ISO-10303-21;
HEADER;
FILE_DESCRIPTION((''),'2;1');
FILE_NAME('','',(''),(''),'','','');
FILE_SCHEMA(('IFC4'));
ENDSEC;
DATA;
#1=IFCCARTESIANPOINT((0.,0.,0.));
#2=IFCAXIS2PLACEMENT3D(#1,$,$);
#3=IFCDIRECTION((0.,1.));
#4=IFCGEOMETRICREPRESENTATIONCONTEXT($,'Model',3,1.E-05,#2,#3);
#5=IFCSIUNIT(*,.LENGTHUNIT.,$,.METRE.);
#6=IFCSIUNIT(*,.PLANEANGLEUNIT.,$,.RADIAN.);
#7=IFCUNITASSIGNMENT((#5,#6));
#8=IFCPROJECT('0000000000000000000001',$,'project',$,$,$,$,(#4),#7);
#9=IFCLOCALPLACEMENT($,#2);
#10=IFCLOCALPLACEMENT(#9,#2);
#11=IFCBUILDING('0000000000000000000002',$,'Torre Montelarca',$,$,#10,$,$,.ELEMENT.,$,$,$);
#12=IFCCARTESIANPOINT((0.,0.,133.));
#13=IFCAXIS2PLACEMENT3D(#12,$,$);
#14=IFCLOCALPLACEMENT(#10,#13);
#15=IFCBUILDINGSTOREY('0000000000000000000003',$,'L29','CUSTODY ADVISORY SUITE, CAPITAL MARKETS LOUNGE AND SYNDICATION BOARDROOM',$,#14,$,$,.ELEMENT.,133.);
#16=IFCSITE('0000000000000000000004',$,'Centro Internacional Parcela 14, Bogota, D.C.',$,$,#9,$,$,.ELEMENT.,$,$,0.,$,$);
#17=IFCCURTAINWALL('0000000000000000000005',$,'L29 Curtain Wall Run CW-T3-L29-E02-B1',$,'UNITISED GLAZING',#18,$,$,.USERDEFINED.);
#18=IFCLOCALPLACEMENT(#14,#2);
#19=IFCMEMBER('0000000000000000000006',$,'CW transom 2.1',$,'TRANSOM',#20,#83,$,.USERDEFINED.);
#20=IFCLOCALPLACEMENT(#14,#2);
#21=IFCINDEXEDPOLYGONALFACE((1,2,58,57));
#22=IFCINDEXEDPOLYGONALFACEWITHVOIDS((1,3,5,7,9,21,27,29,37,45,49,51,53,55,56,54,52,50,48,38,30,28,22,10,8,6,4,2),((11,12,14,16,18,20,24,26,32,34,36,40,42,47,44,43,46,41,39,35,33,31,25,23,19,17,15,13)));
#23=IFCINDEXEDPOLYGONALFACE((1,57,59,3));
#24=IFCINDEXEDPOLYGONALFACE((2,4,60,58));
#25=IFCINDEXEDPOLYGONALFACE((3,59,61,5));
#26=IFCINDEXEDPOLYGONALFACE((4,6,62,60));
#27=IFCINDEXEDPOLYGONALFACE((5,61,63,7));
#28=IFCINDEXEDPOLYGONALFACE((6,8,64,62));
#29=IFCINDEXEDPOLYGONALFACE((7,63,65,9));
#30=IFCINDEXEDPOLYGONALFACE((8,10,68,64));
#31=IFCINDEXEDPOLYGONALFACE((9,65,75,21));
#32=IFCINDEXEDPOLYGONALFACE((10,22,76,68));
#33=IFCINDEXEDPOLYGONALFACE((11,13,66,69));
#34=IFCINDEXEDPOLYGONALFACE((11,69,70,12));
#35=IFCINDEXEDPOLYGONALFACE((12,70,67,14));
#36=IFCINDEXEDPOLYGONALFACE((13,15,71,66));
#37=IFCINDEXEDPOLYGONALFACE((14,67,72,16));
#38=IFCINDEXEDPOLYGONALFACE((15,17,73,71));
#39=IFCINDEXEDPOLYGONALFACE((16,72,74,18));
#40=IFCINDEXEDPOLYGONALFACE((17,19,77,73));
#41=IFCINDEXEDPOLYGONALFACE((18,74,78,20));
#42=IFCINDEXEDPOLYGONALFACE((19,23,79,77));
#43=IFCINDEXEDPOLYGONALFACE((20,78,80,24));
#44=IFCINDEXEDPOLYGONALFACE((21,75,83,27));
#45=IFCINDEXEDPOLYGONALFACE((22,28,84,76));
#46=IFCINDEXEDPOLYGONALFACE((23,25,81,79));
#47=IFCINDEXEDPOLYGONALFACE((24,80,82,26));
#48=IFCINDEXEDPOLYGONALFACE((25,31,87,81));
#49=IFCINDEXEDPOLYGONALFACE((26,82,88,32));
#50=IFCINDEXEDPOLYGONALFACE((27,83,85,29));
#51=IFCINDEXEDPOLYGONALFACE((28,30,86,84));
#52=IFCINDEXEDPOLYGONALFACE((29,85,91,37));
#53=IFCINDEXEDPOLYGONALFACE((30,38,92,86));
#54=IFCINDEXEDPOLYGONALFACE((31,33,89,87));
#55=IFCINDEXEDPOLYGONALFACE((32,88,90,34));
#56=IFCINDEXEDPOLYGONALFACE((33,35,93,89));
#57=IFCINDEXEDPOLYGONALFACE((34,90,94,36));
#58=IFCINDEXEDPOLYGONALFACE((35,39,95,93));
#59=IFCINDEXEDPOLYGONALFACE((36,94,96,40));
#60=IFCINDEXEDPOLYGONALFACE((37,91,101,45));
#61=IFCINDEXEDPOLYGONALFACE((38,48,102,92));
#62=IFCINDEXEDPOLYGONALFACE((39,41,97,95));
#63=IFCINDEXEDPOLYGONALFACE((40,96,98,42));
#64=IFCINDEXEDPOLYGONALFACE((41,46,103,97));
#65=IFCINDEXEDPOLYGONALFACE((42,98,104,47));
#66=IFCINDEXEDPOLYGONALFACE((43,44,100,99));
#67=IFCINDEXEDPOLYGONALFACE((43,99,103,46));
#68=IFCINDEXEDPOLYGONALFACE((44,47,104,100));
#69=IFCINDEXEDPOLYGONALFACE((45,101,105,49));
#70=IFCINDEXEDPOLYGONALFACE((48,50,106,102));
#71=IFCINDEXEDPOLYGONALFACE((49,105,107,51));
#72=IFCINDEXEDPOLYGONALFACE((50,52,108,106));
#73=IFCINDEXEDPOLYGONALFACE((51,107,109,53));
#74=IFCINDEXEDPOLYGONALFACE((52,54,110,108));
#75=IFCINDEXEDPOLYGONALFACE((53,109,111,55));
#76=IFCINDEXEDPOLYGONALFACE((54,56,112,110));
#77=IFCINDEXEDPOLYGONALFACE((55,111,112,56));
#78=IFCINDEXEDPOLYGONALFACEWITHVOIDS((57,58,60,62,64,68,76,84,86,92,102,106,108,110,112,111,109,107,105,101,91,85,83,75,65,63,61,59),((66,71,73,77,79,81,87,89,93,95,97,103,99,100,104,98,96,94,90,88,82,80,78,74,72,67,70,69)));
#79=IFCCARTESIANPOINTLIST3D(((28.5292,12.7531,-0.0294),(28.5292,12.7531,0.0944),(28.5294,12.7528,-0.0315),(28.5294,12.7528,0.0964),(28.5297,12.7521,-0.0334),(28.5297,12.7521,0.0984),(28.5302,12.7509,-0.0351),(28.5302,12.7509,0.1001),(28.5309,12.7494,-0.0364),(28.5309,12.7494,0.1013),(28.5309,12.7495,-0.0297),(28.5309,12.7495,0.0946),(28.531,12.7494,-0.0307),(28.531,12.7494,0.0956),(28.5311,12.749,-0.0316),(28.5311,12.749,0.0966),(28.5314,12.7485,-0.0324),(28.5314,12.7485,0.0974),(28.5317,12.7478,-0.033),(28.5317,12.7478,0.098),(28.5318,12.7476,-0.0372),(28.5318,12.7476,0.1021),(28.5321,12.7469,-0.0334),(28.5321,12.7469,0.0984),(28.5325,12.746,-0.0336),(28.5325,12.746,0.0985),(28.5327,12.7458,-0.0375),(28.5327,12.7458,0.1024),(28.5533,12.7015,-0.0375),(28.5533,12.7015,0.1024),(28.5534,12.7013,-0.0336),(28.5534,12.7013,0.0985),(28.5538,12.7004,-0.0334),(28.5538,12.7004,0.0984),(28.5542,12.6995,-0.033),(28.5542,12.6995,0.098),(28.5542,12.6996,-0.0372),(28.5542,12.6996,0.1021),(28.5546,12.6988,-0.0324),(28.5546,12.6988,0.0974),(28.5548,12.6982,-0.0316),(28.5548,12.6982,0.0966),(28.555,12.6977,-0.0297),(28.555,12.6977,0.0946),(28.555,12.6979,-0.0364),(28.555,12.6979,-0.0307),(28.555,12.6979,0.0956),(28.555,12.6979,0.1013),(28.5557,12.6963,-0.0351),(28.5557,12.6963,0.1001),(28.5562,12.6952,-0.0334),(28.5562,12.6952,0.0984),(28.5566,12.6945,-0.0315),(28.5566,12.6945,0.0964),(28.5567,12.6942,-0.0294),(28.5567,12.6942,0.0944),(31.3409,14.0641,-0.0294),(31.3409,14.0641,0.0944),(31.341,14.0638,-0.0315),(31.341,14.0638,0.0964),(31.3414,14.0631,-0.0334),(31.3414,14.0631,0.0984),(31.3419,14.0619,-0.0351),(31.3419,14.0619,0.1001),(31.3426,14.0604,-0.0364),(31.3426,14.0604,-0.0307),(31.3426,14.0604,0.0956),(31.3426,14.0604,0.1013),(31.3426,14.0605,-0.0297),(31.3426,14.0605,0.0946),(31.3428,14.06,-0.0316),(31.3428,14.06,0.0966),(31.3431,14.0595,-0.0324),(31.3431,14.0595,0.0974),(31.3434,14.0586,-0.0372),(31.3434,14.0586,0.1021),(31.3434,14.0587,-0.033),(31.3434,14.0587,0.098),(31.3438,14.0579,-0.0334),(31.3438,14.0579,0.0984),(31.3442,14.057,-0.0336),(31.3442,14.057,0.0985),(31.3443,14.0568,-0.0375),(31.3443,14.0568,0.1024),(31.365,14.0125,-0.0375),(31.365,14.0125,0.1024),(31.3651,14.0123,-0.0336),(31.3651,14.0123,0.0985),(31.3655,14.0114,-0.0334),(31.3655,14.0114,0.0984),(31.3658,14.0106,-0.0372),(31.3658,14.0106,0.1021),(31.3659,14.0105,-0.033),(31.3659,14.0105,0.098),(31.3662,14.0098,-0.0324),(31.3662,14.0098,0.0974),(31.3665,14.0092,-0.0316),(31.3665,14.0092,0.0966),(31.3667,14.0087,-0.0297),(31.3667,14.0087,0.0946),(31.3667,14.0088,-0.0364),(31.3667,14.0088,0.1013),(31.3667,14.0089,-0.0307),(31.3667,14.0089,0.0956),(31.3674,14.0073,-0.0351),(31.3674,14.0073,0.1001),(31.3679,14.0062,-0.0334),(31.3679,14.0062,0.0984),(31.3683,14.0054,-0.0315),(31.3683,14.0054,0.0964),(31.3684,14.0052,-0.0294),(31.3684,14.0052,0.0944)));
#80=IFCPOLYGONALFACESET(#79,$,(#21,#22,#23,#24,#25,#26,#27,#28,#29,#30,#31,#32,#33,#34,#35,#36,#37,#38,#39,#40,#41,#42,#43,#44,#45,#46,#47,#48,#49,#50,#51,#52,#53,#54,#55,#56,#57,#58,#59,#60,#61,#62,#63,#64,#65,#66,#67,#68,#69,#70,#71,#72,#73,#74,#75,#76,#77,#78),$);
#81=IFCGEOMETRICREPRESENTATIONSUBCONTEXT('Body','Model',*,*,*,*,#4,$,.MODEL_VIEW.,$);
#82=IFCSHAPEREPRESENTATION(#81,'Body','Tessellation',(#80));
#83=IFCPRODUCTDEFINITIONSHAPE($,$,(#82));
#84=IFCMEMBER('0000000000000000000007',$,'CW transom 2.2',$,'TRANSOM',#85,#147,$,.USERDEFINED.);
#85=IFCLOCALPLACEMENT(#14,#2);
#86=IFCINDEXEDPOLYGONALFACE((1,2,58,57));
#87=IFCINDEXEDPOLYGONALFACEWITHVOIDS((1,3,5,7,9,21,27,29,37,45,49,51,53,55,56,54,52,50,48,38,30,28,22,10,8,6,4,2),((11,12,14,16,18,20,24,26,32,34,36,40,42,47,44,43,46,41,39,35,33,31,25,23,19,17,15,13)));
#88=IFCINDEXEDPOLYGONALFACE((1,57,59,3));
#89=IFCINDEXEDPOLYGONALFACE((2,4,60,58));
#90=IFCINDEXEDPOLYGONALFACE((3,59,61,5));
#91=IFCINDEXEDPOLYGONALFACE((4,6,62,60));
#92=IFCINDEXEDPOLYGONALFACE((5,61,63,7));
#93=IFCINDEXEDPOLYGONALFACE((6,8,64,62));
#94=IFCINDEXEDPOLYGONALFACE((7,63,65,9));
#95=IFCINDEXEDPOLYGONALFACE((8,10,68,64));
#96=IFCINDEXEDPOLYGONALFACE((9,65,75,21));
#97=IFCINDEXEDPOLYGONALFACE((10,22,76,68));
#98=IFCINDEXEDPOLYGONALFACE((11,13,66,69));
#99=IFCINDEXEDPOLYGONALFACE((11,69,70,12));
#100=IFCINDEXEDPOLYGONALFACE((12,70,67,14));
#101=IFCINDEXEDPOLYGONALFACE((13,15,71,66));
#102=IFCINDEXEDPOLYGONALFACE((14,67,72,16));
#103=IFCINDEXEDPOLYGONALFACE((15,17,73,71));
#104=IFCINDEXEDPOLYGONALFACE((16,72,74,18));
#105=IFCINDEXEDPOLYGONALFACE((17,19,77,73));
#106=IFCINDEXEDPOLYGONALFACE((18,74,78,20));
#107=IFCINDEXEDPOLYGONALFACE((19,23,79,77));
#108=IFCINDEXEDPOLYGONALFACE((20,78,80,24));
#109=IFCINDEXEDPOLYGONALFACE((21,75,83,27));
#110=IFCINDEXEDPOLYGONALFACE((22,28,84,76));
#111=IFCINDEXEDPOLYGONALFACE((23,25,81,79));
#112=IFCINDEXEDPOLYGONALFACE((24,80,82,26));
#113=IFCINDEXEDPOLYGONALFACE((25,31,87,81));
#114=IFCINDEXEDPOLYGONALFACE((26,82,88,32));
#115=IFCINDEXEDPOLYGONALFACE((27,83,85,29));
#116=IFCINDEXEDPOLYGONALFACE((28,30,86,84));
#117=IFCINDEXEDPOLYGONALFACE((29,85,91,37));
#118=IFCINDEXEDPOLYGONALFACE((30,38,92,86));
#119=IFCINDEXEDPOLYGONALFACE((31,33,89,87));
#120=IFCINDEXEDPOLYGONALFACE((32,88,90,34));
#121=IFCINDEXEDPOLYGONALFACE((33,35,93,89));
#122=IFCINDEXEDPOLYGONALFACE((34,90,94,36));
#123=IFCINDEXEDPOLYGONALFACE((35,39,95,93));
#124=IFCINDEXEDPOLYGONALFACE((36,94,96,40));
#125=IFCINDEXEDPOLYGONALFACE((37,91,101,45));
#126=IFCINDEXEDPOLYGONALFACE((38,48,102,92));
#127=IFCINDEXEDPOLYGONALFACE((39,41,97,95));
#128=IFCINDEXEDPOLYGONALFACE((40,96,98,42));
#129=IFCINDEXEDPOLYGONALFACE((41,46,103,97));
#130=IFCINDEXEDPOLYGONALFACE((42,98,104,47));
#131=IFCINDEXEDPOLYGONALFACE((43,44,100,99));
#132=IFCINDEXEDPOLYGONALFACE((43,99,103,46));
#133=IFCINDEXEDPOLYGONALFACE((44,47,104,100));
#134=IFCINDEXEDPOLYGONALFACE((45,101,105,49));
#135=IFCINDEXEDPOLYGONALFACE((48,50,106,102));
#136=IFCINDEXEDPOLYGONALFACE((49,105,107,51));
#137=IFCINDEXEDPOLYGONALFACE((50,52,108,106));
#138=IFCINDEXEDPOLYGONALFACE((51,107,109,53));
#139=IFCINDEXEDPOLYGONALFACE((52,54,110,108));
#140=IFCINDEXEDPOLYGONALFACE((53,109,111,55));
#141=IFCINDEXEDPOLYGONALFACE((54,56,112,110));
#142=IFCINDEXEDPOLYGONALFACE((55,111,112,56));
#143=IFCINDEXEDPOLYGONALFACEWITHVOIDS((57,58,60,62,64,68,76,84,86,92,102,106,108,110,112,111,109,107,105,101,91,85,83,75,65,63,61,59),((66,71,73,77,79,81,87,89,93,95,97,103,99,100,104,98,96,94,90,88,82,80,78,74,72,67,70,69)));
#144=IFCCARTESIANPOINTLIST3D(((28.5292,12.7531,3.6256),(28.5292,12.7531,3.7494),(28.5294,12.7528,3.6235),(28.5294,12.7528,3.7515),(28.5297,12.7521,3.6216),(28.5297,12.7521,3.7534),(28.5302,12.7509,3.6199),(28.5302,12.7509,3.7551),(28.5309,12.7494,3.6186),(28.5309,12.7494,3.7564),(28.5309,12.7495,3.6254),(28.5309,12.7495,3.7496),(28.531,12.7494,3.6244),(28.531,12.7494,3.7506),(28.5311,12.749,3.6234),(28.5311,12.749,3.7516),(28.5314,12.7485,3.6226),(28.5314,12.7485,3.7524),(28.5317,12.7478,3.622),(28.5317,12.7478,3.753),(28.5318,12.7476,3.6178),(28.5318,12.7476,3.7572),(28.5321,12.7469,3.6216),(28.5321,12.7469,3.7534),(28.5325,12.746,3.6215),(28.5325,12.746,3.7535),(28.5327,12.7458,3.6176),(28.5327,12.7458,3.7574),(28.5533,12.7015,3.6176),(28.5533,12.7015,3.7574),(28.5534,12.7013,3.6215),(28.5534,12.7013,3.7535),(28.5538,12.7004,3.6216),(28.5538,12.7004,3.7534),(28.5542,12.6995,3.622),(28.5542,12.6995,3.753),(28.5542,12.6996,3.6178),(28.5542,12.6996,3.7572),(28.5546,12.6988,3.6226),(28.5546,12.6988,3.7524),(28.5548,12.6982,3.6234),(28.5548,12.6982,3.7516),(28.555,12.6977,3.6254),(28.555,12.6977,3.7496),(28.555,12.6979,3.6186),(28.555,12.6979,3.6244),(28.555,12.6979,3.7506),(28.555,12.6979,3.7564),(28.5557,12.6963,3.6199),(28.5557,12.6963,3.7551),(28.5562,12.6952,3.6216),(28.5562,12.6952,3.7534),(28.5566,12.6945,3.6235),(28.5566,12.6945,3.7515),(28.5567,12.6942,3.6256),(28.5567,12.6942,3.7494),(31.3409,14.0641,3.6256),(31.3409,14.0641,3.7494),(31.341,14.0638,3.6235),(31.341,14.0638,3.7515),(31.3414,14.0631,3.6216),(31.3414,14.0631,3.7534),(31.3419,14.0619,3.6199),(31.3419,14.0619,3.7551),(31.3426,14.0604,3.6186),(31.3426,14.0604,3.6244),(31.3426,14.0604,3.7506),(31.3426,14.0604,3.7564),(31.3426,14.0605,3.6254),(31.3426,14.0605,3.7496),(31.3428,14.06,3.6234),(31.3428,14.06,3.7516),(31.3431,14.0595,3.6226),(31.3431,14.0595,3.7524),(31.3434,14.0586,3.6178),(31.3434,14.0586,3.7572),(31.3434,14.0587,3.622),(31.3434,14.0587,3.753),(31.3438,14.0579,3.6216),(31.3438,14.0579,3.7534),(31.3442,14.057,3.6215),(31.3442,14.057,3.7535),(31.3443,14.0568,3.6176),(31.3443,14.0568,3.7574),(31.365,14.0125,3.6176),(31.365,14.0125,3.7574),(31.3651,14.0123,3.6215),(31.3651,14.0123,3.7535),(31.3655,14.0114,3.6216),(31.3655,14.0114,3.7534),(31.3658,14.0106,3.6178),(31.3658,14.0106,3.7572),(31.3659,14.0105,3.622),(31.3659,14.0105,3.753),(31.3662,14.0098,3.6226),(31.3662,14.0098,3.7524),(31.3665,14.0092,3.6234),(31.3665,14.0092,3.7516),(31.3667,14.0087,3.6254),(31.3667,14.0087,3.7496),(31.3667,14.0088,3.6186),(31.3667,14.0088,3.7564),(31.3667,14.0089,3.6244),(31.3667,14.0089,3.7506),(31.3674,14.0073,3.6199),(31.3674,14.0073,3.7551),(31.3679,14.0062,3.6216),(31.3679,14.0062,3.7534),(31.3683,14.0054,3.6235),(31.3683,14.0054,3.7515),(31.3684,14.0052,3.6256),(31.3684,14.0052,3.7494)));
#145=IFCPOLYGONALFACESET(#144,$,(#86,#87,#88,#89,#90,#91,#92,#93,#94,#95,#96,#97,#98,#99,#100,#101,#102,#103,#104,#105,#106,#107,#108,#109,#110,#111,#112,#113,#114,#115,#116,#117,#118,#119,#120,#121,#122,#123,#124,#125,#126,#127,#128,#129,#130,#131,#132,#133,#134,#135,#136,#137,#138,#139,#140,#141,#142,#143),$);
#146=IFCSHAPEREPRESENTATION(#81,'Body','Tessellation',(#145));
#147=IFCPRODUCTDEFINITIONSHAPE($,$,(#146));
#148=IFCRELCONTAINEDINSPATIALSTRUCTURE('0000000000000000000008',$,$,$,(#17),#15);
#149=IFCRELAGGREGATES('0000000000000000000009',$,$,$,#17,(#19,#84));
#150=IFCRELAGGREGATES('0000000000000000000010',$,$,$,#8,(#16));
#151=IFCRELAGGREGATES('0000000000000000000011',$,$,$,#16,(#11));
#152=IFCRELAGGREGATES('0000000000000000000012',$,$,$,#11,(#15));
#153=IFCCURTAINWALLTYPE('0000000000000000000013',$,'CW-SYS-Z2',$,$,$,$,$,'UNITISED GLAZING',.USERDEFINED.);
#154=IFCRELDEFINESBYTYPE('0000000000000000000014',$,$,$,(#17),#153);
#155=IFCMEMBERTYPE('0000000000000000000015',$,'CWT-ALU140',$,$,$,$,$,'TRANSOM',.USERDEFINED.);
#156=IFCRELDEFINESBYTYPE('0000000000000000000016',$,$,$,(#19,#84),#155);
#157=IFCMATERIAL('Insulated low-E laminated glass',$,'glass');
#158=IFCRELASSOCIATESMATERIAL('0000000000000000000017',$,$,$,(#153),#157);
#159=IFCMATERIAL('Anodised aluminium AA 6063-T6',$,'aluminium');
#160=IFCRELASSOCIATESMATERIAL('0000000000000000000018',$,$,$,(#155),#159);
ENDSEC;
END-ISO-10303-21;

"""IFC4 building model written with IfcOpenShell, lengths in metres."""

from ifc_helpers import new_model, si_unit, direction, frame, origin, origin_2d, place, context, subcontext, project, spatial, hollow_rectangle, extrude, source, transform, mapped, material, material_profile, profile_set, type_object, element, aggregate, save


model = new_model("IFC4")

# Units and contexts
model_context = context("Model", 3, precision=1e-05, world=origin(), true_north=direction((0.0, 1.0)))
body_context = subcontext(model_context, "Body", "Model", "MODEL_VIEW")
ifc_project = project(units=[si_unit("LENGTHUNIT", "METRE"), si_unit("PLANEANGLEUNIT", "RADIAN")], contexts=[model_context])

# Site, building, storey
site_placement = place(None, origin())
site = spatial("IfcSite", under=ifc_project, at=site_placement, Name="Centro Internacional Parcela 14, Bogota, D.C.", CompositionType="ELEMENT", RefElevation=0.0)
building_placement = place(site_placement, origin())
building = spatial("IfcBuilding", under=site, at=building_placement, Name="Torre Montelarca", CompositionType="ELEMENT")
storey_placement = place(building_placement, frame((0.0, 0.0, 133.0)))
storey = spatial("IfcBuildingStorey", under=building, at=storey_placement, Name="L29", Description="CUSTODY ADVISORY SUITE, CAPITAL MARKETS LOUNGE AND SYNDICATION BOARDROOM", CompositionType="ELEMENT", Elevation=133.0)

# Curtain wall, members
ifc_material_1 = material(Name="Insulated low-E laminated glass", Category="glass")
curtain_wall_type = type_object("IfcCurtainWallType", Name="CW-SYS-Z2", ElementType="UNITISED GLAZING", PredefinedType="USERDEFINED", material=ifc_material_1)
curtain_wall_1_placement = place(storey_placement, origin())
curtain_wall_1 = element("IfcCurtainWall", 1, at=curtain_wall_1_placement, inside=storey, type_object=curtain_wall_type, Name="L29 Curtain Wall Run CW-T3-L29-E02-B1", ObjectType="UNITISED GLAZING", PredefinedType="USERDEFINED")
ifc_material_2 = material(Name="Anodised aluminium AA 6063-T6", Category="aluminium")
ifc_material_profile_1 = material_profile(ifc_material_2, hollow_rectangle(XDim=0.0649, YDim=0.1399, WallThickness=0.0039, InnerFilletRadius=0.0039, OuterFilletRadius=0.0081, at=origin_2d()), Name="ALU65X140X4", Category="aluminium")
ifc_profile_set_1 = profile_set([ifc_material_profile_1], Name="Anodised aluminium AA 6063-T6")
member_type_1 = type_object("IfcMemberType", Name="CWT-ALU140", ElementType="TRANSOM", PredefinedType="USERDEFINED", material=ifc_profile_set_1)
shared_shape_1 = source(origin(), body_context, "Body", "SweptSolid", [
    extrude(hollow_rectangle(XDim=0.0649, YDim=0.1399, WallThickness=0.0039, InnerFilletRadius=0.0039, OuterFilletRadius=0.0081, at=origin_2d()), origin(), (0.0, 0.0, 1.0), 3.1023),
])
member_1_placement = place(storey_placement, frame((28.543, 12.7236, 0.0325), z_axis=(0.906322, 0.422588, 0.0), x_axis=(-0.422588, 0.906322, 0.0)))
member_1 = element("IfcMember", 2, at=member_1_placement, type_object=member_type_1, Name="CW transom 2.1", ObjectType="TRANSOM", PredefinedType="USERDEFINED", context=body_context, shape_type="MappedRepresentation", body=[
    mapped(shared_shape_1, transform((0.0, 0.0, 0.0), scale=1.0)),
])
member_2_placement = place(storey_placement, frame((28.543, 12.7236, 3.6875), z_axis=(0.906322, 0.422588, 0.0), x_axis=(-0.422588, 0.906322, 0.0)))
member_2 = element("IfcMember", 3, at=member_2_placement, type_object=member_type_1, Name="CW transom 2.2", ObjectType="TRANSOM", PredefinedType="USERDEFINED", context=body_context, shape_type="MappedRepresentation", body=[
    mapped(shared_shape_1, transform((0.0, 0.0, 0.0), scale=1.0)),
])

aggregate(curtain_wall_1, [member_1, member_2])

save(model, "model.ifc")
